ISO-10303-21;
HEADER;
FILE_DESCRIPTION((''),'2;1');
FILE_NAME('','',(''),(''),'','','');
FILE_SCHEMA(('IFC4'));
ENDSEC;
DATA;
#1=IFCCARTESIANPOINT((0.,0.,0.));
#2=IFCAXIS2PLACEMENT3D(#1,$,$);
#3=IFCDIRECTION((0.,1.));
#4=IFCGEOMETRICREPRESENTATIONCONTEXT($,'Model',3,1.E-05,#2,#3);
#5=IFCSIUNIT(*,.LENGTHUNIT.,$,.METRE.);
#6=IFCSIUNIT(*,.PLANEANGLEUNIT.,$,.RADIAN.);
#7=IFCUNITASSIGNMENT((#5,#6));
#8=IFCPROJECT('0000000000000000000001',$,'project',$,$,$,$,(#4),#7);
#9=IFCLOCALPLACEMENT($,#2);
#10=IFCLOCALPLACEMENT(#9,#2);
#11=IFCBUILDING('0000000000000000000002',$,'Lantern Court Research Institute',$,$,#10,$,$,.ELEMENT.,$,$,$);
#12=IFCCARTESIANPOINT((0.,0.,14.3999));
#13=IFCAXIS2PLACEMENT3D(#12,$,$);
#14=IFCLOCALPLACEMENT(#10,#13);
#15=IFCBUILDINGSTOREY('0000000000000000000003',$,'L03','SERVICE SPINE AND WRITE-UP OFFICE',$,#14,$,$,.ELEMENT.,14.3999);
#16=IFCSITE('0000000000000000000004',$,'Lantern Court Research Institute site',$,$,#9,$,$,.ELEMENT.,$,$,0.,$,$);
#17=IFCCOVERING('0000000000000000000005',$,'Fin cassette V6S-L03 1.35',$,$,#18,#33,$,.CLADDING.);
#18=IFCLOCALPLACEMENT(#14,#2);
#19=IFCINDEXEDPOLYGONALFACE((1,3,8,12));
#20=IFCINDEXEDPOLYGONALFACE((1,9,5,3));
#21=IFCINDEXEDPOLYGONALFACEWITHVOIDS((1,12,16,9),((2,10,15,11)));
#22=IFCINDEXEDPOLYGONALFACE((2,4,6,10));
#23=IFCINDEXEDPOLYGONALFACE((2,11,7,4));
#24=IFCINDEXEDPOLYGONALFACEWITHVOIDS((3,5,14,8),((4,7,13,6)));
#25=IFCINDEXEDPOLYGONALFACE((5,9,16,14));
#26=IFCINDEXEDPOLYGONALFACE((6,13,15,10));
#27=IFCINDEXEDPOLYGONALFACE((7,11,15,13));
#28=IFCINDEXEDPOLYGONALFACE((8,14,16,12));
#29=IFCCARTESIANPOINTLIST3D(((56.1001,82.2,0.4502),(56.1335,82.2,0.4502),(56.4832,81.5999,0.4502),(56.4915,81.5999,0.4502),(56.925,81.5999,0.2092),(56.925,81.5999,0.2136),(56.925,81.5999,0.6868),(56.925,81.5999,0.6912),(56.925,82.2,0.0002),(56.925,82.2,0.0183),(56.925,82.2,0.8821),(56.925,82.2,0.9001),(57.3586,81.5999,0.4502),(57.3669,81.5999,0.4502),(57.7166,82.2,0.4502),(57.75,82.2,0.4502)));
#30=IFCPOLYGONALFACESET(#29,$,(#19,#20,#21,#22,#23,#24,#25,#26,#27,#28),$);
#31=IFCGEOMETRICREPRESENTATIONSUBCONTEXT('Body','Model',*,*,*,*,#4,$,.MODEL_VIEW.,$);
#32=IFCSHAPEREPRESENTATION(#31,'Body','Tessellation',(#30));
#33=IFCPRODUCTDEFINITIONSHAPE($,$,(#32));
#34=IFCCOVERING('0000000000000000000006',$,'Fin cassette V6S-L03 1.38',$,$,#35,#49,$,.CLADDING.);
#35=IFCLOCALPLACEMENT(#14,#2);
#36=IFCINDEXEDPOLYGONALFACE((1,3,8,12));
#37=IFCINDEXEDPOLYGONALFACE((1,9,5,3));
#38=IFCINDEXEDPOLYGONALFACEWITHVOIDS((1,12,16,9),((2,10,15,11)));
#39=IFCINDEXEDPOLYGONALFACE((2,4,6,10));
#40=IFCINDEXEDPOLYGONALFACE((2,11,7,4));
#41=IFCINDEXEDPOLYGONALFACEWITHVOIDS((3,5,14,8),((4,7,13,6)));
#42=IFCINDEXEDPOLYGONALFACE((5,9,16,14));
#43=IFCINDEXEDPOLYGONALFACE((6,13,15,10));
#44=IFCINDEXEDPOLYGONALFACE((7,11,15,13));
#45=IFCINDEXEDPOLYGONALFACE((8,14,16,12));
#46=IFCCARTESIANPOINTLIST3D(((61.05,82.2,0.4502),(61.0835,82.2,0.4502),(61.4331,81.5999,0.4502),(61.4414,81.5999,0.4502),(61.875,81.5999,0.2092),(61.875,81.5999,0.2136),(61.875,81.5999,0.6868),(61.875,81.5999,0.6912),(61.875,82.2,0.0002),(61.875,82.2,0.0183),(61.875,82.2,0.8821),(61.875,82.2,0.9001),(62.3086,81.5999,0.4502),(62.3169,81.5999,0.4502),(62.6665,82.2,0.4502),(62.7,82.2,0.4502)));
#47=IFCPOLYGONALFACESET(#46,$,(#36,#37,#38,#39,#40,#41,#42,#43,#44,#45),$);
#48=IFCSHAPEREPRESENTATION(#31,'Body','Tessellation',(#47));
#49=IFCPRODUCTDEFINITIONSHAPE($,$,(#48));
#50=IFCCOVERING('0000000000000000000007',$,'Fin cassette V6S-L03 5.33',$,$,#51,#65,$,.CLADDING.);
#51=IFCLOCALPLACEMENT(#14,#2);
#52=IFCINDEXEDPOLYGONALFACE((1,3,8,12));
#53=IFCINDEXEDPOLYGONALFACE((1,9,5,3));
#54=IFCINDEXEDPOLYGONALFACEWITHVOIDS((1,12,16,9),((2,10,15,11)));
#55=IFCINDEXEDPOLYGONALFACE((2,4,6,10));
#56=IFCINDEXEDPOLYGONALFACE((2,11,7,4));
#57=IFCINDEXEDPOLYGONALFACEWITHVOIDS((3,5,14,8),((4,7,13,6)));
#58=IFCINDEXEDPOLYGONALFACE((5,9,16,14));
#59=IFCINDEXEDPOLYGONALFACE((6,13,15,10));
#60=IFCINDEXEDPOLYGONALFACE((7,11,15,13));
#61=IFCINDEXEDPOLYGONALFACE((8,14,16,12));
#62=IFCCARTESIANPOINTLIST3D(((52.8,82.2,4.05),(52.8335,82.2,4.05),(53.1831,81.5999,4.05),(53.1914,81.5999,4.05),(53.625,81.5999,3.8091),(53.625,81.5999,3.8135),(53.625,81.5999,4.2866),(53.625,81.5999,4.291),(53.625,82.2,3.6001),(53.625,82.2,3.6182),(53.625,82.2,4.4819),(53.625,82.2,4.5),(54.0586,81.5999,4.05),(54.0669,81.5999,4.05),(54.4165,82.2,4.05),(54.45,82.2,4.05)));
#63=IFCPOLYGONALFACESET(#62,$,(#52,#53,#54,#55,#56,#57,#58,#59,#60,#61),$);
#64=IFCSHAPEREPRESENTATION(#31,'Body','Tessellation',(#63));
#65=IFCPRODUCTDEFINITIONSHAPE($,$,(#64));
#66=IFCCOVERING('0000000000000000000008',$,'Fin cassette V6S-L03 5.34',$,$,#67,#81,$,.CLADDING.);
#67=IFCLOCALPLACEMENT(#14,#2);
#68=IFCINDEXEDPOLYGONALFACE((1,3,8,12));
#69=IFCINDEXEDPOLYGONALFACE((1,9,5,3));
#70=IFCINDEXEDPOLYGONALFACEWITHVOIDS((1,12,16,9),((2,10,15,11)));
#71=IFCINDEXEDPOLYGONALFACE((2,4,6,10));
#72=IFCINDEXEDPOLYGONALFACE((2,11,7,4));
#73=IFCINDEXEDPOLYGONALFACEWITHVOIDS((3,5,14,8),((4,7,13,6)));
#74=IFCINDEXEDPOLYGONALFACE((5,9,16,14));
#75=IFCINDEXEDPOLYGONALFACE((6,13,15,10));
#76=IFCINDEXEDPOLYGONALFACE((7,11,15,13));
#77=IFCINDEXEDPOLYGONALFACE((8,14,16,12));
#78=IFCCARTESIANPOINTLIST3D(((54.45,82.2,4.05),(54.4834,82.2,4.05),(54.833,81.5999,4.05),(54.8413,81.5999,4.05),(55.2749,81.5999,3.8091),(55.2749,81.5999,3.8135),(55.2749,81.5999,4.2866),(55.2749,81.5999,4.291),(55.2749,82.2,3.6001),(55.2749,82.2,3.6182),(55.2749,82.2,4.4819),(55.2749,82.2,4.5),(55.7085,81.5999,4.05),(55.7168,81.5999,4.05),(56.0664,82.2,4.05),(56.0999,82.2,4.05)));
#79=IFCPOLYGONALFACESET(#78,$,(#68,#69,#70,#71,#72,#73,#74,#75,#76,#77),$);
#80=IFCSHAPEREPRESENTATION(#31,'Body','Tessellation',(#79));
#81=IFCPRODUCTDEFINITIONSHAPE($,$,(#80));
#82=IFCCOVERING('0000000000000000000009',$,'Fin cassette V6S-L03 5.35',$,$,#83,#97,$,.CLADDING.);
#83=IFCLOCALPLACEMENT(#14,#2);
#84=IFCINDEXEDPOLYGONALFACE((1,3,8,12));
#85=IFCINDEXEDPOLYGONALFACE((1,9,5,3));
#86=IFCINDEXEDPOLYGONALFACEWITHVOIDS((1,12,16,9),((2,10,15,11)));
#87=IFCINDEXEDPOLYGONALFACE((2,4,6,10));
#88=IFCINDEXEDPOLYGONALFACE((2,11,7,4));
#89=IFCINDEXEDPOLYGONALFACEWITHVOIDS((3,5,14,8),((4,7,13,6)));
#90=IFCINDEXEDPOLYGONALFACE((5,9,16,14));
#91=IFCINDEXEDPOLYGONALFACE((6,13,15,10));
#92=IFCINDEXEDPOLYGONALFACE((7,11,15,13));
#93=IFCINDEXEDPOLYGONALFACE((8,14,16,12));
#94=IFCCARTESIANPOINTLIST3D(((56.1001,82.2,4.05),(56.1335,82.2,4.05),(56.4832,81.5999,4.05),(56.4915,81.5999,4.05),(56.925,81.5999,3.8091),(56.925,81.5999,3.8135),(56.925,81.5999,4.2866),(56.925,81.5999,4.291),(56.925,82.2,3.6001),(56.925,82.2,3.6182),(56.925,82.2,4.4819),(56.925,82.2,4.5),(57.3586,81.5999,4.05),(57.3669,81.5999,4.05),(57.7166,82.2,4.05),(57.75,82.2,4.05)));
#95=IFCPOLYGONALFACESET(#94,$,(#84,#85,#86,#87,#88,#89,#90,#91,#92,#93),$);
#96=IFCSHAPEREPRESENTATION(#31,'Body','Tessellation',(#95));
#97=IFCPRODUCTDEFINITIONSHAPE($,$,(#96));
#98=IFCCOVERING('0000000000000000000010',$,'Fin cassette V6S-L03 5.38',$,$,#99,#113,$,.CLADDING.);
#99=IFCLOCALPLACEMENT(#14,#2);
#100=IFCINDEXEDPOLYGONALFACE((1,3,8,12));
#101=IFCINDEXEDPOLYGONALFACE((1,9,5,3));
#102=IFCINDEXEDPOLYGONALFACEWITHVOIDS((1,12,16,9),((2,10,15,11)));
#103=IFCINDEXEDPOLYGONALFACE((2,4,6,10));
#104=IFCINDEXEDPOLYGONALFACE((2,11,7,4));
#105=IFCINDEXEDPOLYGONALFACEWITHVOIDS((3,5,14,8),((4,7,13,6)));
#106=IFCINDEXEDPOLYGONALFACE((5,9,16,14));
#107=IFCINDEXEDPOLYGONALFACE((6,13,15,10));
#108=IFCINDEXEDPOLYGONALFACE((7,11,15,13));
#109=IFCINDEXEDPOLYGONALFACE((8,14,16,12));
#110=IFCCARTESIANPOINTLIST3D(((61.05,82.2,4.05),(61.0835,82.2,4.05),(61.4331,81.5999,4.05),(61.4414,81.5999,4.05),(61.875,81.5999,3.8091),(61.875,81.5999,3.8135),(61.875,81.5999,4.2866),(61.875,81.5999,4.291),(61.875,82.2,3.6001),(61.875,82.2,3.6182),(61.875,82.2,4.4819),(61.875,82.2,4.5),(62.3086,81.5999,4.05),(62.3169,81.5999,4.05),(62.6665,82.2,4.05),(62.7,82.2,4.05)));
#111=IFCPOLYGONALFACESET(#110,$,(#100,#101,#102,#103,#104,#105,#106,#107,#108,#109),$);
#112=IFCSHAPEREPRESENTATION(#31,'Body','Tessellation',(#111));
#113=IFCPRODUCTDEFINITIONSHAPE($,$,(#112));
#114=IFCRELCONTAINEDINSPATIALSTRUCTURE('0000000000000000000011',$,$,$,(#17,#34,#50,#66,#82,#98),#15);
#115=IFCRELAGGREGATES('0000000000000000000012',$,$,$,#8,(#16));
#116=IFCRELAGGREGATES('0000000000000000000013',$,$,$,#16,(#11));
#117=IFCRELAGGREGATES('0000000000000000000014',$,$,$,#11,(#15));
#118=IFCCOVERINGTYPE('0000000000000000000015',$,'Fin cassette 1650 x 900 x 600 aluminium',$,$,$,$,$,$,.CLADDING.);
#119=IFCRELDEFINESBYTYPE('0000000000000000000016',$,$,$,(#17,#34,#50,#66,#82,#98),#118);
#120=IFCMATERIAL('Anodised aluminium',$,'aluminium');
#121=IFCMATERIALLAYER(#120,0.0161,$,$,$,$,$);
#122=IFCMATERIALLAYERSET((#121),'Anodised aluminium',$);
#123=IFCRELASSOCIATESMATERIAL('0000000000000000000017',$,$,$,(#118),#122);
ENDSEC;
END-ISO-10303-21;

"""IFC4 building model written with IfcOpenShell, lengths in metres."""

from ifc_helpers import new_model, entity, si_unit, direction, frame, origin, place, context, subcontext, project, spatial, material, layer, layer_set, type_object, element, save


model = new_model("IFC4")

# Units and contexts
model_context = context("Model", 3, precision=1e-05, world=origin(), true_north=direction((0.0, 1.0)))
body_context = subcontext(model_context, "Body", "Model", "MODEL_VIEW")
ifc_project = project(units=[si_unit("LENGTHUNIT", "METRE"), si_unit("PLANEANGLEUNIT", "RADIAN")], contexts=[model_context])

# Site, building, storey
site_placement = place(None, origin())
site = spatial("IfcSite", under=ifc_project, at=site_placement, Name="Lantern Court Research Institute site", CompositionType="ELEMENT", RefElevation=0.0)
building_placement = place(site_placement, origin())
building = spatial("IfcBuilding", under=site, at=building_placement, Name="Lantern Court Research Institute", CompositionType="ELEMENT")
storey_placement = place(building_placement, frame((0.0, 0.0, 14.3999)))
storey = spatial("IfcBuildingStorey", under=building, at=storey_placement, Name="L03", Description="SERVICE SPINE AND WRITE-UP OFFICE", CompositionType="ELEMENT", Elevation=14.3999)

# Coverings
ifc_material_1 = material(Name="Anodised aluminium", Category="aluminium")
ifc_layer_1 = layer(ifc_material_1, 0.0161)
ifc_layer_set_1 = layer_set([ifc_layer_1], Name="Anodised aluminium")
covering_type_1 = type_object("IfcCoveringType", Name="Fin cassette 1650 x 900 x 600 aluminium", PredefinedType="CLADDING", material=ifc_layer_set_1)
covering_1_placement = place(storey_placement, frame((56.925, 82.2, 0.4502), z_axis=(0.0, -1.0, 0.0), x_axis=(1.0, 0.0, 0.0)))
cartesian_point_1 = entity("IfcCartesianPoint", [0.825, 0.0])
cartesian_point_2 = entity("IfcCartesianPoint", [0.7915, 0.0])
cartesian_point_3 = entity("IfcCartesianPoint", [0.4419, 0.0])
cartesian_point_4 = entity("IfcCartesianPoint", [0.4336, 0.0])
element("IfcCovering", 1, at=covering_1_placement, inside=storey, type_object=covering_type_1, Name="Fin cassette V6S-L03 1.35", PredefinedType="CLADDING", context=body_context, shape_type="SweptSolid", body=[
    entity("IfcExtrudedAreaSolidTapered", entity("IfcArbitraryProfileDefWithVoids", "AREA", None, entity("IfcPolyline", [cartesian_point_1, entity("IfcCartesianPoint", [0.0, 0.45]), entity("IfcCartesianPoint", [-0.825, 0.0]), entity("IfcCartesianPoint", [0.0, -0.45]), cartesian_point_1]), [entity("IfcPolyline", [cartesian_point_2, entity("IfcCartesianPoint", [0.0, 0.4319]), entity("IfcCartesianPoint", [-0.7915, 0.0]), entity("IfcCartesianPoint", [0.0, -0.4319]), cartesian_point_2])]), entity("IfcAxis2Placement3D", entity("IfcCartesianPoint", [0.0, 0.0, 0.0])), entity("IfcDirection", [0.0, 0.0, 1.0]), 0.6001, entity("IfcArbitraryProfileDefWithVoids", "AREA", None, entity("IfcPolyline", [cartesian_point_3, entity("IfcCartesianPoint", [0.0, 0.241]), entity("IfcCartesianPoint", [-0.4419, 0.0]), entity("IfcCartesianPoint", [0.0, -0.241]), cartesian_point_3]), [entity("IfcPolyline", [cartesian_point_4, entity("IfcCartesianPoint", [0.0, 0.2366]), entity("IfcCartesianPoint", [-0.4336, 0.0]), entity("IfcCartesianPoint", [0.0, -0.2366]), cartesian_point_4])])),
])
covering_2_placement = place(storey_placement, frame((61.875, 82.2, 0.4502), z_axis=(0.0, -1.0, 0.0), x_axis=(1.0, 0.0, 0.0)))
cartesian_point_5 = entity("IfcCartesianPoint", [0.825, 0.0])
cartesian_point_6 = entity("IfcCartesianPoint", [0.7915, 0.0])
cartesian_point_7 = entity("IfcCartesianPoint", [0.4419, 0.0])
cartesian_point_8 = entity("IfcCartesianPoint", [0.4336, 0.0])
element("IfcCovering", 2, at=covering_2_placement, inside=storey, type_object=covering_type_1, Name="Fin cassette V6S-L03 1.38", PredefinedType="CLADDING", context=body_context, shape_type="SweptSolid", body=[
    entity("IfcExtrudedAreaSolidTapered", entity("IfcArbitraryProfileDefWithVoids", "AREA", None, entity("IfcPolyline", [cartesian_point_5, entity("IfcCartesianPoint", [0.0, 0.45]), entity("IfcCartesianPoint", [-0.825, 0.0]), entity("IfcCartesianPoint", [0.0, -0.45]), cartesian_point_5]), [entity("IfcPolyline", [cartesian_point_6, entity("IfcCartesianPoint", [0.0, 0.4319]), entity("IfcCartesianPoint", [-0.7915, 0.0]), entity("IfcCartesianPoint", [0.0, -0.4319]), cartesian_point_6])]), entity("IfcAxis2Placement3D", entity("IfcCartesianPoint", [0.0, 0.0, 0.0])), entity("IfcDirection", [0.0, 0.0, 1.0]), 0.6001, entity("IfcArbitraryProfileDefWithVoids", "AREA", None, entity("IfcPolyline", [cartesian_point_7, entity("IfcCartesianPoint", [0.0, 0.241]), entity("IfcCartesianPoint", [-0.4419, 0.0]), entity("IfcCartesianPoint", [0.0, -0.241]), cartesian_point_7]), [entity("IfcPolyline", [cartesian_point_8, entity("IfcCartesianPoint", [0.0, 0.2366]), entity("IfcCartesianPoint", [-0.4336, 0.0]), entity("IfcCartesianPoint", [0.0, -0.2366]), cartesian_point_8])])),
])
covering_3_placement = place(storey_placement, frame((53.625, 82.2, 4.05), z_axis=(0.0, -1.0, 0.0), x_axis=(1.0, 0.0, 0.0)))
cartesian_point_9 = entity("IfcCartesianPoint", [0.825, 0.0])
cartesian_point_10 = entity("IfcCartesianPoint", [0.7915, 0.0])
cartesian_point_11 = entity("IfcCartesianPoint", [0.4419, 0.0])
cartesian_point_12 = entity("IfcCartesianPoint", [0.4336, 0.0])
element("IfcCovering", 3, at=covering_3_placement, inside=storey, type_object=covering_type_1, Name="Fin cassette V6S-L03 5.33", PredefinedType="CLADDING", context=body_context, shape_type="SweptSolid", body=[
    entity("IfcExtrudedAreaSolidTapered", entity("IfcArbitraryProfileDefWithVoids", "AREA", None, entity("IfcPolyline", [cartesian_point_9, entity("IfcCartesianPoint", [0.0, 0.45]), entity("IfcCartesianPoint", [-0.825, 0.0]), entity("IfcCartesianPoint", [0.0, -0.45]), cartesian_point_9]), [entity("IfcPolyline", [cartesian_point_10, entity("IfcCartesianPoint", [0.0, 0.4319]), entity("IfcCartesianPoint", [-0.7915, 0.0]), entity("IfcCartesianPoint", [0.0, -0.4319]), cartesian_point_10])]), entity("IfcAxis2Placement3D", entity("IfcCartesianPoint", [0.0, 0.0, 0.0])), entity("IfcDirection", [0.0, 0.0, 1.0]), 0.6001, entity("IfcArbitraryProfileDefWithVoids", "AREA", None, entity("IfcPolyline", [cartesian_point_11, entity("IfcCartesianPoint", [0.0, 0.241]), entity("IfcCartesianPoint", [-0.4419, 0.0]), entity("IfcCartesianPoint", [0.0, -0.241]), cartesian_point_11]), [entity("IfcPolyline", [cartesian_point_12, entity("IfcCartesianPoint", [0.0, 0.2366]), entity("IfcCartesianPoint", [-0.4336, 0.0]), entity("IfcCartesianPoint", [0.0, -0.2366]), cartesian_point_12])])),
])
covering_4_placement = place(storey_placement, frame((55.2749, 82.2, 4.05), z_axis=(0.0, -1.0, 0.0), x_axis=(1.0, 0.0, 0.0)))
cartesian_point_13 = entity("IfcCartesianPoint", [0.825, 0.0])
cartesian_point_14 = entity("IfcCartesianPoint", [0.7915, 0.0])
cartesian_point_15 = entity("IfcCartesianPoint", [0.4419, 0.0])
cartesian_point_16 = entity("IfcCartesianPoint", [0.4336, 0.0])
element("IfcCovering", 4, at=covering_4_placement, inside=storey, type_object=covering_type_1, Name="Fin cassette V6S-L03 5.34", PredefinedType="CLADDING", context=body_context, shape_type="SweptSolid", body=[
    entity("IfcExtrudedAreaSolidTapered", entity("IfcArbitraryProfileDefWithVoids", "AREA", None, entity("IfcPolyline", [cartesian_point_13, entity("IfcCartesianPoint", [0.0, 0.45]), entity("IfcCartesianPoint", [-0.825, 0.0]), entity("IfcCartesianPoint", [0.0, -0.45]), cartesian_point_13]), [entity("IfcPolyline", [cartesian_point_14, entity("IfcCartesianPoint", [0.0, 0.4319]), entity("IfcCartesianPoint", [-0.7915, 0.0]), entity("IfcCartesianPoint", [0.0, -0.4319]), cartesian_point_14])]), entity("IfcAxis2Placement3D", entity("IfcCartesianPoint", [0.0, 0.0, 0.0])), entity("IfcDirection", [0.0, 0.0, 1.0]), 0.6001, entity("IfcArbitraryProfileDefWithVoids", "AREA", None, entity("IfcPolyline", [cartesian_point_15, entity("IfcCartesianPoint", [0.0, 0.241]), entity("IfcCartesianPoint", [-0.4419, 0.0]), entity("IfcCartesianPoint", [0.0, -0.241]), cartesian_point_15]), [entity("IfcPolyline", [cartesian_point_16, entity("IfcCartesianPoint", [0.0, 0.2366]), entity("IfcCartesianPoint", [-0.4336, 0.0]), entity("IfcCartesianPoint", [0.0, -0.2366]), cartesian_point_16])])),
])
covering_5_placement = place(storey_placement, frame((56.925, 82.2, 4.05), z_axis=(0.0, -1.0, 0.0), x_axis=(1.0, 0.0, 0.0)))
cartesian_point_17 = entity("IfcCartesianPoint", [0.825, 0.0])
cartesian_point_18 = entity("IfcCartesianPoint", [0.7915, 0.0])
cartesian_point_19 = entity("IfcCartesianPoint", [0.4419, 0.0])
cartesian_point_20 = entity("IfcCartesianPoint", [0.4336, 0.0])
element("IfcCovering", 5, at=covering_5_placement, inside=storey, type_object=covering_type_1, Name="Fin cassette V6S-L03 5.35", PredefinedType="CLADDING", context=body_context, shape_type="SweptSolid", body=[
    entity("IfcExtrudedAreaSolidTapered", entity("IfcArbitraryProfileDefWithVoids", "AREA", None, entity("IfcPolyline", [cartesian_point_17, entity("IfcCartesianPoint", [0.0, 0.45]), entity("IfcCartesianPoint", [-0.825, 0.0]), entity("IfcCartesianPoint", [0.0, -0.45]), cartesian_point_17]), [entity("IfcPolyline", [cartesian_point_18, entity("IfcCartesianPoint", [0.0, 0.4319]), entity("IfcCartesianPoint", [-0.7915, 0.0]), entity("IfcCartesianPoint", [0.0, -0.4319]), cartesian_point_18])]), entity("IfcAxis2Placement3D", entity("IfcCartesianPoint", [0.0, 0.0, 0.0])), entity("IfcDirection", [0.0, 0.0, 1.0]), 0.6001, entity("IfcArbitraryProfileDefWithVoids", "AREA", None, entity("IfcPolyline", [cartesian_point_19, entity("IfcCartesianPoint", [0.0, 0.241]), entity("IfcCartesianPoint", [-0.4419, 0.0]), entity("IfcCartesianPoint", [0.0, -0.241]), cartesian_point_19]), [entity("IfcPolyline", [cartesian_point_20, entity("IfcCartesianPoint", [0.0, 0.2366]), entity("IfcCartesianPoint", [-0.4336, 0.0]), entity("IfcCartesianPoint", [0.0, -0.2366]), cartesian_point_20])])),
])
covering_6_placement = place(storey_placement, frame((61.875, 82.2, 4.05), z_axis=(0.0, -1.0, 0.0), x_axis=(1.0, 0.0, 0.0)))
cartesian_point_21 = entity("IfcCartesianPoint", [0.825, 0.0])
cartesian_point_22 = entity("IfcCartesianPoint", [0.7915, 0.0])
cartesian_point_23 = entity("IfcCartesianPoint", [0.4419, 0.0])
cartesian_point_24 = entity("IfcCartesianPoint", [0.4336, 0.0])
element("IfcCovering", 6, at=covering_6_placement, inside=storey, type_object=covering_type_1, Name="Fin cassette V6S-L03 5.38", PredefinedType="CLADDING", context=body_context, shape_type="SweptSolid", body=[
    entity("IfcExtrudedAreaSolidTapered", entity("IfcArbitraryProfileDefWithVoids", "AREA", None, entity("IfcPolyline", [cartesian_point_21, entity("IfcCartesianPoint", [0.0, 0.45]), entity("IfcCartesianPoint", [-0.825, 0.0]), entity("IfcCartesianPoint", [0.0, -0.45]), cartesian_point_21]), [entity("IfcPolyline", [cartesian_point_22, entity("IfcCartesianPoint", [0.0, 0.4319]), entity("IfcCartesianPoint", [-0.7915, 0.0]), entity("IfcCartesianPoint", [0.0, -0.4319]), cartesian_point_22])]), entity("IfcAxis2Placement3D", entity("IfcCartesianPoint", [0.0, 0.0, 0.0])), entity("IfcDirection", [0.0, 0.0, 1.0]), 0.6001, entity("IfcArbitraryProfileDefWithVoids", "AREA", None, entity("IfcPolyline", [cartesian_point_23, entity("IfcCartesianPoint", [0.0, 0.241]), entity("IfcCartesianPoint", [-0.4419, 0.0]), entity("IfcCartesianPoint", [0.0, -0.241]), cartesian_point_23]), [entity("IfcPolyline", [cartesian_point_24, entity("IfcCartesianPoint", [0.0, 0.2366]), entity("IfcCartesianPoint", [-0.4336, 0.0]), entity("IfcCartesianPoint", [0.0, -0.2366]), cartesian_point_24])])),
])

save(model, "model.ifc")
